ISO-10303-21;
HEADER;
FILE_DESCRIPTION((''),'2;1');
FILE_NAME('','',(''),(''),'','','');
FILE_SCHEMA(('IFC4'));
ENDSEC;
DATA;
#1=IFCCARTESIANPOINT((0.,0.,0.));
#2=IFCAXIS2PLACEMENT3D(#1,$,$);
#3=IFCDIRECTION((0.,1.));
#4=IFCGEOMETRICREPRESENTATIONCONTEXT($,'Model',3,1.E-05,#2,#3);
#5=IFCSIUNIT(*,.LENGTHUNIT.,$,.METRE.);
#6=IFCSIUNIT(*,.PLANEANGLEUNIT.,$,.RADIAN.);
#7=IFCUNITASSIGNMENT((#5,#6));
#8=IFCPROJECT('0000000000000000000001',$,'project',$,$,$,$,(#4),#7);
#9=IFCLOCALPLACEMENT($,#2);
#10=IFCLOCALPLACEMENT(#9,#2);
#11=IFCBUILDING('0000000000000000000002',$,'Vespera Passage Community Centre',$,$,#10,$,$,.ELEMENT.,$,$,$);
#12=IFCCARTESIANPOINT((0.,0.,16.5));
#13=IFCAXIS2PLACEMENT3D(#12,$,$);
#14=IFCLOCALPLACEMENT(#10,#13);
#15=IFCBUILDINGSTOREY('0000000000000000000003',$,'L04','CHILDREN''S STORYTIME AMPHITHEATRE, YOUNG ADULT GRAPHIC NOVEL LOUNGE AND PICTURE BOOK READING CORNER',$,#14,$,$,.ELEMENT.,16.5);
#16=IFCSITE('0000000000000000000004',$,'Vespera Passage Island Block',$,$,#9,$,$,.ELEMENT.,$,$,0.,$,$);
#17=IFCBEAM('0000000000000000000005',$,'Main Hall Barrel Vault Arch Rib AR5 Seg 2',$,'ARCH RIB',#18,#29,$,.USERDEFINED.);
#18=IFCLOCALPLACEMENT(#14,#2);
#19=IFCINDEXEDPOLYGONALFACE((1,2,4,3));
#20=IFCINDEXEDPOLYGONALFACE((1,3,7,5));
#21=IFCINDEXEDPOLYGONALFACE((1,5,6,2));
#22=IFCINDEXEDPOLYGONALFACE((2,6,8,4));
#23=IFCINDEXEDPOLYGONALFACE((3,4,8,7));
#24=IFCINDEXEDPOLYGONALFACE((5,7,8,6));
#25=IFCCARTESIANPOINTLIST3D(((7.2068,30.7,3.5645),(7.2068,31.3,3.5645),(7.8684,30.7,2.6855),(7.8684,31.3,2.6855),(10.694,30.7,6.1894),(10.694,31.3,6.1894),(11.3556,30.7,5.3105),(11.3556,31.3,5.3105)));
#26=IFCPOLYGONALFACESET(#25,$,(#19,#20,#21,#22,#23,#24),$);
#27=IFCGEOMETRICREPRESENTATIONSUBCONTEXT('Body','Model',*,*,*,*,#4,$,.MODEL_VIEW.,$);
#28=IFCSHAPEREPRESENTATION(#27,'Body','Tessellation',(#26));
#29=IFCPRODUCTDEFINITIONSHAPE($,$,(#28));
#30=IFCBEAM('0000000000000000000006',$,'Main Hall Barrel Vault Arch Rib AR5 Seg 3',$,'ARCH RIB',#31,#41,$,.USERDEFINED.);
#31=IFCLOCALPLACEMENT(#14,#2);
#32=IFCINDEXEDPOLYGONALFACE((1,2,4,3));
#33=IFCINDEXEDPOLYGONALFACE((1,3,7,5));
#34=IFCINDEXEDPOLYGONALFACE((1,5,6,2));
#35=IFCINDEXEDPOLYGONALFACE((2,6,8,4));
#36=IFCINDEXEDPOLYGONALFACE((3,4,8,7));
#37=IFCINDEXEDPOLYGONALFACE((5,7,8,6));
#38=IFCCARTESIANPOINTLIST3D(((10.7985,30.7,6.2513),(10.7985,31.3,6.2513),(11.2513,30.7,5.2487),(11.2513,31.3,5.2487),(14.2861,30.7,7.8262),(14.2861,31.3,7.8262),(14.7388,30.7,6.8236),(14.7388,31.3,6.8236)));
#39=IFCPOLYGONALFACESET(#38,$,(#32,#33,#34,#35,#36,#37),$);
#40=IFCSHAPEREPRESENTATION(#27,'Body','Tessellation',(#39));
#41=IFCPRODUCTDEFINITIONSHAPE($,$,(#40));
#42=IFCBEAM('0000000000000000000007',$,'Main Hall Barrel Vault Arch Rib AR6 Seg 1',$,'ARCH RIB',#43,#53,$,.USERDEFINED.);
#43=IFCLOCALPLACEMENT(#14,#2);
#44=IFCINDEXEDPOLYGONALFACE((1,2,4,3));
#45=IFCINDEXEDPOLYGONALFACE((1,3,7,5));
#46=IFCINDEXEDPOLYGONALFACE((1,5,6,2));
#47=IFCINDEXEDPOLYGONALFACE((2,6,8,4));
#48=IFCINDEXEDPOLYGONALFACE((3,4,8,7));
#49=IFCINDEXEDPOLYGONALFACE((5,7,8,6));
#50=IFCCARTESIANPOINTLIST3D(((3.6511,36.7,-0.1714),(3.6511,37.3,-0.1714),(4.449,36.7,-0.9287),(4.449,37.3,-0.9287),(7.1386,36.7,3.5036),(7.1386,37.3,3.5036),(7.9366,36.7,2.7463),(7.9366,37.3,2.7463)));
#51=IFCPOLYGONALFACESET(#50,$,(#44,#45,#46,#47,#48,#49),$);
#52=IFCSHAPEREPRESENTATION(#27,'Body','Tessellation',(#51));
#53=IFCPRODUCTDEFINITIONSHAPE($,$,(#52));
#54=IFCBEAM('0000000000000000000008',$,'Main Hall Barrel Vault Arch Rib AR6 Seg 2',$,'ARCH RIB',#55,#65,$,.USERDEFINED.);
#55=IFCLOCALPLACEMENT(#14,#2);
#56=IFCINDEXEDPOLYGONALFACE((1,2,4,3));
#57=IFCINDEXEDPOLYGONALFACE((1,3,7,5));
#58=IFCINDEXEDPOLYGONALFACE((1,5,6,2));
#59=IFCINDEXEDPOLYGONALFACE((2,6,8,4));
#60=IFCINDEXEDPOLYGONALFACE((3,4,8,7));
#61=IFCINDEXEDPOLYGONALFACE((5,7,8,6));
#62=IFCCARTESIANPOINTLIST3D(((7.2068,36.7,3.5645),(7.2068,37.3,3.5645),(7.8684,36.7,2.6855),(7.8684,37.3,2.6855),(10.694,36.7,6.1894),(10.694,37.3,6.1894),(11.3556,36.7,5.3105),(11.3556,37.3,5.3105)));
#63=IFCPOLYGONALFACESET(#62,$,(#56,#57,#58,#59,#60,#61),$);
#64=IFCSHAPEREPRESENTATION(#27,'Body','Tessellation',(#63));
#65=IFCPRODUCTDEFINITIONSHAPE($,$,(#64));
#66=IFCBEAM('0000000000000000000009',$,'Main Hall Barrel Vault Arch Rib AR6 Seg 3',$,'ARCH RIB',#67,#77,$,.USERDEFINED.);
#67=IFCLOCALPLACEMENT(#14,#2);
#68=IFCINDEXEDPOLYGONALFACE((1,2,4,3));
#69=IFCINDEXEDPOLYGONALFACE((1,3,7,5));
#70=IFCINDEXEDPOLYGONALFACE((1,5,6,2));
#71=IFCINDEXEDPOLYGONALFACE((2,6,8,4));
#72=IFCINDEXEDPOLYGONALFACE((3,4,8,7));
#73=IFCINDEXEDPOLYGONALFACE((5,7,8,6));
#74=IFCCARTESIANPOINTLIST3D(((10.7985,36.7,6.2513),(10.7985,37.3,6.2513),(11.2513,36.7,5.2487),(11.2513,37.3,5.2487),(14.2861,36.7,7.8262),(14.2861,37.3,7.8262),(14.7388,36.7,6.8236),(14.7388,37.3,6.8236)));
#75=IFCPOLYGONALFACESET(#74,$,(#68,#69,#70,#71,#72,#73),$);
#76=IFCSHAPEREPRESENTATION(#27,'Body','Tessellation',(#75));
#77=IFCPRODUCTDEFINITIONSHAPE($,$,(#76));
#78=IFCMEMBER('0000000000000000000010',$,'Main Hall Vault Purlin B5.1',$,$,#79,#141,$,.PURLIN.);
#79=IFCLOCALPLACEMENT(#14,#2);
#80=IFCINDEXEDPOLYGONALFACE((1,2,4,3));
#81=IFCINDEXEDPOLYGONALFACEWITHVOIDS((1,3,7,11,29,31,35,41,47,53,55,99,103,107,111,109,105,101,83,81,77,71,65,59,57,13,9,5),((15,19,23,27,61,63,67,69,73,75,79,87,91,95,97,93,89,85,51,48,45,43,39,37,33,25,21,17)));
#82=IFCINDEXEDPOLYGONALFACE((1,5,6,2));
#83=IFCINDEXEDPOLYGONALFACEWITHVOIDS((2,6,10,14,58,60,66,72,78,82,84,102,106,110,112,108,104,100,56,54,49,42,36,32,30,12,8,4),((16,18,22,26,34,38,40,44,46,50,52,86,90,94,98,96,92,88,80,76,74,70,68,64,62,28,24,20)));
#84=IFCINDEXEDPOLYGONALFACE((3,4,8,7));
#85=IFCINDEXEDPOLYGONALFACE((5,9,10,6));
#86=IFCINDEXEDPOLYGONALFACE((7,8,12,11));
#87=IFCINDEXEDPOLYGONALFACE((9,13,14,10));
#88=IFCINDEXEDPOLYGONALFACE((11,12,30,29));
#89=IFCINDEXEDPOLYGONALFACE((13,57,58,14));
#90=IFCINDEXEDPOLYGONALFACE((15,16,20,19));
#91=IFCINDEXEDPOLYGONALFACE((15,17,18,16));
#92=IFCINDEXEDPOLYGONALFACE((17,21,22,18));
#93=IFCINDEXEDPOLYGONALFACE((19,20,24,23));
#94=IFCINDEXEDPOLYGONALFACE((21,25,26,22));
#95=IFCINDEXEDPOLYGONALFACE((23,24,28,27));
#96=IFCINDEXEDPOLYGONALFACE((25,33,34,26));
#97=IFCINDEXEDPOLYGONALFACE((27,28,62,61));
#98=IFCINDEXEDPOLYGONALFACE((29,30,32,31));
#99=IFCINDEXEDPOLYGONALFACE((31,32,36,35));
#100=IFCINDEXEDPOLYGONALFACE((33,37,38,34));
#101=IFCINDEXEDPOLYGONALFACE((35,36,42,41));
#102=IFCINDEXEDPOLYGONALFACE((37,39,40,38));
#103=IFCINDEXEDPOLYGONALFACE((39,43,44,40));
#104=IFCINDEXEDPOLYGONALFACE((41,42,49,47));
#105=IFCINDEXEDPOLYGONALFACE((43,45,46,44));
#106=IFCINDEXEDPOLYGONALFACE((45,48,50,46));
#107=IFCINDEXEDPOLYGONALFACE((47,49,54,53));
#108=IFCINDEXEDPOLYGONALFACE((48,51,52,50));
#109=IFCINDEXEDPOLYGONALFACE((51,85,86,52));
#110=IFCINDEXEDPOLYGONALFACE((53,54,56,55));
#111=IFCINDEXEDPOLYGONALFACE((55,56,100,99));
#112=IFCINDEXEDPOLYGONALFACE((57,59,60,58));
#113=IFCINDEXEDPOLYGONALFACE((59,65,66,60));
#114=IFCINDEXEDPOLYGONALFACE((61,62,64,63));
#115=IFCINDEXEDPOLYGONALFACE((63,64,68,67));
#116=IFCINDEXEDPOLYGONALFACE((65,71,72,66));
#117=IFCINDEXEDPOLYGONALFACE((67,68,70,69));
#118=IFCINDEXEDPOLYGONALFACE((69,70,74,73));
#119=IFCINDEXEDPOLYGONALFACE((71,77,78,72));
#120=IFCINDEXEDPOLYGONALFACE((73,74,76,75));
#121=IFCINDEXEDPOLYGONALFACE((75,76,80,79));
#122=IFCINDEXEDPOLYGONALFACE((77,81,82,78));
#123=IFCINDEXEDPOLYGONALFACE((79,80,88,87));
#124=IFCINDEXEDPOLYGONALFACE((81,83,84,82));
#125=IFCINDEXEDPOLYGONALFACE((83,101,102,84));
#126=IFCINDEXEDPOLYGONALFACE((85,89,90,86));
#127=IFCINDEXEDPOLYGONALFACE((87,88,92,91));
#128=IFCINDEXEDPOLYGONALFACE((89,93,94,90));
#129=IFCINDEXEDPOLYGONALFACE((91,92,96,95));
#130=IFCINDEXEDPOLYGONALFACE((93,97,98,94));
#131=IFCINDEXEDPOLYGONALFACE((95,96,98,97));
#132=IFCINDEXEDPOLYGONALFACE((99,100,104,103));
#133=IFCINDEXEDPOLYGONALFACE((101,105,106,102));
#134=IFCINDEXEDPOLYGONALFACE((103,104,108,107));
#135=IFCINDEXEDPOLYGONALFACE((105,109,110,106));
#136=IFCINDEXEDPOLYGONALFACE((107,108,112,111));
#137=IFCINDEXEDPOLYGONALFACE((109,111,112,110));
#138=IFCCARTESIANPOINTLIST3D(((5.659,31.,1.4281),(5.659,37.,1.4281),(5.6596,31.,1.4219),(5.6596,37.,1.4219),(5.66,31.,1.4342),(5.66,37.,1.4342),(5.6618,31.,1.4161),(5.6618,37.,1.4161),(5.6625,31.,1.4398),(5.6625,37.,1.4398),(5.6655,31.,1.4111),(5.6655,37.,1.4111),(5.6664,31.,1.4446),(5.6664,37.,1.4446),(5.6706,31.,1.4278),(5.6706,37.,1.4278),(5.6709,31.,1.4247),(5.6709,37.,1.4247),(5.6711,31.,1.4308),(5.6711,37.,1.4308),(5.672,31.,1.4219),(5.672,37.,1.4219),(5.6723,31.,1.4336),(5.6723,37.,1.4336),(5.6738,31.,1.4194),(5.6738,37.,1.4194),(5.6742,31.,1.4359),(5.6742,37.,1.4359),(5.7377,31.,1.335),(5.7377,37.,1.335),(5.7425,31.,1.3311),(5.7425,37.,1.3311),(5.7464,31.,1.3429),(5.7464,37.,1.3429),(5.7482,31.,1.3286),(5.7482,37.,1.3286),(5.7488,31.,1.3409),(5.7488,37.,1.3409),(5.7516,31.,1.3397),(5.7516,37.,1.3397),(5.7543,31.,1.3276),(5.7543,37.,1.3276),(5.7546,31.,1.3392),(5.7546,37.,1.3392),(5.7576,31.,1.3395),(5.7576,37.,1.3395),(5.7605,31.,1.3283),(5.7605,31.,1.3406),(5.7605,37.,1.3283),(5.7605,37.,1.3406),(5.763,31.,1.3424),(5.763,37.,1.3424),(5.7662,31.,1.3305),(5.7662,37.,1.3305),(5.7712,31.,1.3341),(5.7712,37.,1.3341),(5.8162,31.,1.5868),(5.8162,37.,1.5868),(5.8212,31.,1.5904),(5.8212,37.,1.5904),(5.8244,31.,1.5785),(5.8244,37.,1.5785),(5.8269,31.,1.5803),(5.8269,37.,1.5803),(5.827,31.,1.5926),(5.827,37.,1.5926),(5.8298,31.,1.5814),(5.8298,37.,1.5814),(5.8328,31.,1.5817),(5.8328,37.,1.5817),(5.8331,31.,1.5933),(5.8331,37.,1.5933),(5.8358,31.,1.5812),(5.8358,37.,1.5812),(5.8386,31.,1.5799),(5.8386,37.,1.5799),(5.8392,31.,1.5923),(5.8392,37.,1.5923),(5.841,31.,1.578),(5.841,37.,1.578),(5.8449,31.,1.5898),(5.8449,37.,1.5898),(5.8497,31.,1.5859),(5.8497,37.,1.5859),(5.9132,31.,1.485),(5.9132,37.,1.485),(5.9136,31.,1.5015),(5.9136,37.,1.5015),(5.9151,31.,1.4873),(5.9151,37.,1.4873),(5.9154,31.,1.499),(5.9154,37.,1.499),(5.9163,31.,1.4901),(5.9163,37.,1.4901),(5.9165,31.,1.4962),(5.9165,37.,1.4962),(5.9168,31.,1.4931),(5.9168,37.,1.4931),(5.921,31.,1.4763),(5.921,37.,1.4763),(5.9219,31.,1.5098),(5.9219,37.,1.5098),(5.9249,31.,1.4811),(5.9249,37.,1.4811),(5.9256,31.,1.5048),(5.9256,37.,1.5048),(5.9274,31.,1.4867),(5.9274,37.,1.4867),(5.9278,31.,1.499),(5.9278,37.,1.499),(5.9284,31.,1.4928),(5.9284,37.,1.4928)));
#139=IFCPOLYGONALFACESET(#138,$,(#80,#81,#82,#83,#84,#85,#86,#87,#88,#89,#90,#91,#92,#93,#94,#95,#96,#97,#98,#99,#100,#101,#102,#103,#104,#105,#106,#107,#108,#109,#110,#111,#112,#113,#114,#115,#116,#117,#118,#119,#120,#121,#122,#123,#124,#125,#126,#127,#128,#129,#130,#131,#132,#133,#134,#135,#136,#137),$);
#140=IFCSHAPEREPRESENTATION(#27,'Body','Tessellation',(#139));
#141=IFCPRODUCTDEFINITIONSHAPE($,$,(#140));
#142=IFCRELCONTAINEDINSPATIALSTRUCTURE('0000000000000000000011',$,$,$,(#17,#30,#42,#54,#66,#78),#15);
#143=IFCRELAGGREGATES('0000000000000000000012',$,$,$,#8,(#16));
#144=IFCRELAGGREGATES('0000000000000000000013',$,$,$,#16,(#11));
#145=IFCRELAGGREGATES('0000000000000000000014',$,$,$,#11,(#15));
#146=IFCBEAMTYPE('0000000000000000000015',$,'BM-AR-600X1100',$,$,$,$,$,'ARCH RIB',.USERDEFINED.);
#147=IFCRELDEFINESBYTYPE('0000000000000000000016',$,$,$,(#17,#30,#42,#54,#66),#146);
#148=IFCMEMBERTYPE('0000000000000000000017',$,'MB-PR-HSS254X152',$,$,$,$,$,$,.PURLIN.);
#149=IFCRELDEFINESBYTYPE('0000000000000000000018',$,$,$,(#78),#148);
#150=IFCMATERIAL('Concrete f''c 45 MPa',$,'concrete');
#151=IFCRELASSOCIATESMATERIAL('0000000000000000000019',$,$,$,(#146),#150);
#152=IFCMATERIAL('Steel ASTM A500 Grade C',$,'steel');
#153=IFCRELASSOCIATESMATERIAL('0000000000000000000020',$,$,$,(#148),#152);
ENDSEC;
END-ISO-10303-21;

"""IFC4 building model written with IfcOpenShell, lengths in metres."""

from ifc_helpers import new_model, si_unit, direction, frame, origin, origin_2d, place, context, subcontext, project, spatial, rectangle, hollow_rectangle, extrude, material, material_profile, profile_set, type_object, element, save


model = new_model("IFC4")

# Units and contexts
model_context = context("Model", 3, precision=1e-05, world=origin(), true_north=direction((0.0, 1.0)))
body_context = subcontext(model_context, "Body", "Model", "MODEL_VIEW")
ifc_project = project(units=[si_unit("LENGTHUNIT", "METRE"), si_unit("PLANEANGLEUNIT", "RADIAN")], contexts=[model_context])

# Site, building, storey
site_placement = place(None, origin())
site = spatial("IfcSite", under=ifc_project, at=site_placement, Name="Vespera Passage Island Block", CompositionType="ELEMENT", RefElevation=0.0)
building_placement = place(site_placement, origin())
building = spatial("IfcBuilding", under=site, at=building_placement, Name="Vespera Passage Community Centre", CompositionType="ELEMENT")
storey_placement = place(building_placement, frame((0.0, 0.0, 16.5)))
storey = spatial("IfcBuildingStorey", under=building, at=storey_placement, Name="L04", Description="CHILDREN'S STORYTIME AMPHITHEATRE, YOUNG ADULT GRAPHIC NOVEL LOUNGE AND PICTURE BOOK READING CORNER", CompositionType="ELEMENT", Elevation=16.5)

# Beams
ifc_material_1 = material(Name="Concrete f'c 45 MPa", Category="concrete")
ifc_material_profile_1 = material_profile(ifc_material_1, rectangle(XDim=0.6001, YDim=1.1001, at=origin_2d()), Name="RC600X1100")
ifc_profile_set_1 = profile_set([ifc_material_profile_1], Name="Concrete f'c 45 MPa")
beam_type = type_object("IfcBeamType", Name="BM-AR-600X1100", ElementType="ARCH RIB", PredefinedType="USERDEFINED", material=ifc_profile_set_1)
beam_1_placement = place(storey_placement, frame((7.5376, 31.0, 3.125), z_axis=(0.798952, 0.0, 0.601395), x_axis=(0.0, 1.0, 0.0)))
element("IfcBeam", 1, at=beam_1_placement, inside=storey, type_object=beam_type, Name="Main Hall Barrel Vault Arch Rib AR5 Seg 2", ObjectType="ARCH RIB", PredefinedType="USERDEFINED", context=body_context, shape_type="SweptSolid", body=[
    extrude(rectangle(XDim=0.6001, YDim=1.1001, at=origin_2d()), origin(), (0.0, 0.0, 1.0), 4.3647),
])
beam_2_placement = place(storey_placement, frame((11.0249, 31.0, 5.75), z_axis=(0.911378, 0.0, 0.411571), x_axis=(0.0, 1.0, 0.0)))
element("IfcBeam", 2, at=beam_2_placement, inside=storey, type_object=beam_type, Name="Main Hall Barrel Vault Arch Rib AR5 Seg 3", ObjectType="ARCH RIB", PredefinedType="USERDEFINED", context=body_context, shape_type="SweptSolid", body=[
    extrude(rectangle(XDim=0.6001, YDim=1.1001, at=origin_2d()), origin(), (0.0, 0.0, 1.0), 3.8267),
])
beam_3_placement = place(storey_placement, frame((4.05, 37.0, -0.55), z_axis=(0.688361, 0.0, 0.725369), x_axis=(0.0, 1.0, 0.0)))
element("IfcBeam", 3, at=beam_3_placement, inside=storey, type_object=beam_type, Name="Main Hall Barrel Vault Arch Rib AR6 Seg 1", ObjectType="ARCH RIB", PredefinedType="USERDEFINED", context=body_context, shape_type="SweptSolid", body=[
    extrude(rectangle(XDim=0.6001, YDim=1.1001, at=origin_2d()), origin(), (0.0, 0.0, 1.0), 5.0664),
])
beam_4_placement = place(storey_placement, frame((7.5376, 37.0, 3.125), z_axis=(0.798952, 0.0, 0.601395), x_axis=(0.0, 1.0, 0.0)))
element("IfcBeam", 4, at=beam_4_placement, inside=storey, type_object=beam_type, Name="Main Hall Barrel Vault Arch Rib AR6 Seg 2", ObjectType="ARCH RIB", PredefinedType="USERDEFINED", context=body_context, shape_type="SweptSolid", body=[
    extrude(rectangle(XDim=0.6001, YDim=1.1001, at=origin_2d()), origin(), (0.0, 0.0, 1.0), 4.3647),
])
beam_5_placement = place(storey_placement, frame((11.0249, 37.0, 5.75), z_axis=(0.911378, 0.0, 0.411571), x_axis=(0.0, 1.0, 0.0)))
element("IfcBeam", 5, at=beam_5_placement, inside=storey, type_object=beam_type, Name="Main Hall Barrel Vault Arch Rib AR6 Seg 3", ObjectType="ARCH RIB", PredefinedType="USERDEFINED", context=body_context, shape_type="SweptSolid", body=[
    extrude(rectangle(XDim=0.6001, YDim=1.1001, at=origin_2d()), origin(), (0.0, 0.0, 1.0), 3.8267),
])

# Member
ifc_material_2 = material(Name="Steel ASTM A500 Grade C", Category="steel")
ifc_material_profile_2 = material_profile(ifc_material_2, hollow_rectangle(XDim=0.1523, YDim=0.2539, WallThickness=0.0117, InnerFilletRadius=0.0117, OuterFilletRadius=0.0237, at=origin_2d()), Name="HSS254X152X12.7")
ifc_profile_set_2 = profile_set([ifc_material_profile_2], Name="Steel ASTM A500 Grade C")
member_type_1 = type_object("IfcMemberType", Name="MB-PR-HSS254X152", PredefinedType="PURLIN", material=ifc_profile_set_2)
for number, where, z_axis, x_axis, name in (
    (6, (5.7937, 31.0, 1.4604), (0.0, 1.0, 0.0), (-0.688355, 0.0, 0.725374), "Main Hall Vault Purlin B5.1"),
):
    element("IfcMember", number, at=place(storey_placement, frame(where, z_axis=z_axis, x_axis=x_axis)), inside=storey, type_object=member_type_1, Name=name, PredefinedType="PURLIN", context=body_context, shape_type="SweptSolid", body=[
        extrude(hollow_rectangle(XDim=0.1523, YDim=0.2539, WallThickness=0.0117, InnerFilletRadius=0.0117, OuterFilletRadius=0.0237, at=origin_2d()), origin(), (0.0, 0.0, 1.0), 6.0),
    ])

save(model, "model.ifc")
